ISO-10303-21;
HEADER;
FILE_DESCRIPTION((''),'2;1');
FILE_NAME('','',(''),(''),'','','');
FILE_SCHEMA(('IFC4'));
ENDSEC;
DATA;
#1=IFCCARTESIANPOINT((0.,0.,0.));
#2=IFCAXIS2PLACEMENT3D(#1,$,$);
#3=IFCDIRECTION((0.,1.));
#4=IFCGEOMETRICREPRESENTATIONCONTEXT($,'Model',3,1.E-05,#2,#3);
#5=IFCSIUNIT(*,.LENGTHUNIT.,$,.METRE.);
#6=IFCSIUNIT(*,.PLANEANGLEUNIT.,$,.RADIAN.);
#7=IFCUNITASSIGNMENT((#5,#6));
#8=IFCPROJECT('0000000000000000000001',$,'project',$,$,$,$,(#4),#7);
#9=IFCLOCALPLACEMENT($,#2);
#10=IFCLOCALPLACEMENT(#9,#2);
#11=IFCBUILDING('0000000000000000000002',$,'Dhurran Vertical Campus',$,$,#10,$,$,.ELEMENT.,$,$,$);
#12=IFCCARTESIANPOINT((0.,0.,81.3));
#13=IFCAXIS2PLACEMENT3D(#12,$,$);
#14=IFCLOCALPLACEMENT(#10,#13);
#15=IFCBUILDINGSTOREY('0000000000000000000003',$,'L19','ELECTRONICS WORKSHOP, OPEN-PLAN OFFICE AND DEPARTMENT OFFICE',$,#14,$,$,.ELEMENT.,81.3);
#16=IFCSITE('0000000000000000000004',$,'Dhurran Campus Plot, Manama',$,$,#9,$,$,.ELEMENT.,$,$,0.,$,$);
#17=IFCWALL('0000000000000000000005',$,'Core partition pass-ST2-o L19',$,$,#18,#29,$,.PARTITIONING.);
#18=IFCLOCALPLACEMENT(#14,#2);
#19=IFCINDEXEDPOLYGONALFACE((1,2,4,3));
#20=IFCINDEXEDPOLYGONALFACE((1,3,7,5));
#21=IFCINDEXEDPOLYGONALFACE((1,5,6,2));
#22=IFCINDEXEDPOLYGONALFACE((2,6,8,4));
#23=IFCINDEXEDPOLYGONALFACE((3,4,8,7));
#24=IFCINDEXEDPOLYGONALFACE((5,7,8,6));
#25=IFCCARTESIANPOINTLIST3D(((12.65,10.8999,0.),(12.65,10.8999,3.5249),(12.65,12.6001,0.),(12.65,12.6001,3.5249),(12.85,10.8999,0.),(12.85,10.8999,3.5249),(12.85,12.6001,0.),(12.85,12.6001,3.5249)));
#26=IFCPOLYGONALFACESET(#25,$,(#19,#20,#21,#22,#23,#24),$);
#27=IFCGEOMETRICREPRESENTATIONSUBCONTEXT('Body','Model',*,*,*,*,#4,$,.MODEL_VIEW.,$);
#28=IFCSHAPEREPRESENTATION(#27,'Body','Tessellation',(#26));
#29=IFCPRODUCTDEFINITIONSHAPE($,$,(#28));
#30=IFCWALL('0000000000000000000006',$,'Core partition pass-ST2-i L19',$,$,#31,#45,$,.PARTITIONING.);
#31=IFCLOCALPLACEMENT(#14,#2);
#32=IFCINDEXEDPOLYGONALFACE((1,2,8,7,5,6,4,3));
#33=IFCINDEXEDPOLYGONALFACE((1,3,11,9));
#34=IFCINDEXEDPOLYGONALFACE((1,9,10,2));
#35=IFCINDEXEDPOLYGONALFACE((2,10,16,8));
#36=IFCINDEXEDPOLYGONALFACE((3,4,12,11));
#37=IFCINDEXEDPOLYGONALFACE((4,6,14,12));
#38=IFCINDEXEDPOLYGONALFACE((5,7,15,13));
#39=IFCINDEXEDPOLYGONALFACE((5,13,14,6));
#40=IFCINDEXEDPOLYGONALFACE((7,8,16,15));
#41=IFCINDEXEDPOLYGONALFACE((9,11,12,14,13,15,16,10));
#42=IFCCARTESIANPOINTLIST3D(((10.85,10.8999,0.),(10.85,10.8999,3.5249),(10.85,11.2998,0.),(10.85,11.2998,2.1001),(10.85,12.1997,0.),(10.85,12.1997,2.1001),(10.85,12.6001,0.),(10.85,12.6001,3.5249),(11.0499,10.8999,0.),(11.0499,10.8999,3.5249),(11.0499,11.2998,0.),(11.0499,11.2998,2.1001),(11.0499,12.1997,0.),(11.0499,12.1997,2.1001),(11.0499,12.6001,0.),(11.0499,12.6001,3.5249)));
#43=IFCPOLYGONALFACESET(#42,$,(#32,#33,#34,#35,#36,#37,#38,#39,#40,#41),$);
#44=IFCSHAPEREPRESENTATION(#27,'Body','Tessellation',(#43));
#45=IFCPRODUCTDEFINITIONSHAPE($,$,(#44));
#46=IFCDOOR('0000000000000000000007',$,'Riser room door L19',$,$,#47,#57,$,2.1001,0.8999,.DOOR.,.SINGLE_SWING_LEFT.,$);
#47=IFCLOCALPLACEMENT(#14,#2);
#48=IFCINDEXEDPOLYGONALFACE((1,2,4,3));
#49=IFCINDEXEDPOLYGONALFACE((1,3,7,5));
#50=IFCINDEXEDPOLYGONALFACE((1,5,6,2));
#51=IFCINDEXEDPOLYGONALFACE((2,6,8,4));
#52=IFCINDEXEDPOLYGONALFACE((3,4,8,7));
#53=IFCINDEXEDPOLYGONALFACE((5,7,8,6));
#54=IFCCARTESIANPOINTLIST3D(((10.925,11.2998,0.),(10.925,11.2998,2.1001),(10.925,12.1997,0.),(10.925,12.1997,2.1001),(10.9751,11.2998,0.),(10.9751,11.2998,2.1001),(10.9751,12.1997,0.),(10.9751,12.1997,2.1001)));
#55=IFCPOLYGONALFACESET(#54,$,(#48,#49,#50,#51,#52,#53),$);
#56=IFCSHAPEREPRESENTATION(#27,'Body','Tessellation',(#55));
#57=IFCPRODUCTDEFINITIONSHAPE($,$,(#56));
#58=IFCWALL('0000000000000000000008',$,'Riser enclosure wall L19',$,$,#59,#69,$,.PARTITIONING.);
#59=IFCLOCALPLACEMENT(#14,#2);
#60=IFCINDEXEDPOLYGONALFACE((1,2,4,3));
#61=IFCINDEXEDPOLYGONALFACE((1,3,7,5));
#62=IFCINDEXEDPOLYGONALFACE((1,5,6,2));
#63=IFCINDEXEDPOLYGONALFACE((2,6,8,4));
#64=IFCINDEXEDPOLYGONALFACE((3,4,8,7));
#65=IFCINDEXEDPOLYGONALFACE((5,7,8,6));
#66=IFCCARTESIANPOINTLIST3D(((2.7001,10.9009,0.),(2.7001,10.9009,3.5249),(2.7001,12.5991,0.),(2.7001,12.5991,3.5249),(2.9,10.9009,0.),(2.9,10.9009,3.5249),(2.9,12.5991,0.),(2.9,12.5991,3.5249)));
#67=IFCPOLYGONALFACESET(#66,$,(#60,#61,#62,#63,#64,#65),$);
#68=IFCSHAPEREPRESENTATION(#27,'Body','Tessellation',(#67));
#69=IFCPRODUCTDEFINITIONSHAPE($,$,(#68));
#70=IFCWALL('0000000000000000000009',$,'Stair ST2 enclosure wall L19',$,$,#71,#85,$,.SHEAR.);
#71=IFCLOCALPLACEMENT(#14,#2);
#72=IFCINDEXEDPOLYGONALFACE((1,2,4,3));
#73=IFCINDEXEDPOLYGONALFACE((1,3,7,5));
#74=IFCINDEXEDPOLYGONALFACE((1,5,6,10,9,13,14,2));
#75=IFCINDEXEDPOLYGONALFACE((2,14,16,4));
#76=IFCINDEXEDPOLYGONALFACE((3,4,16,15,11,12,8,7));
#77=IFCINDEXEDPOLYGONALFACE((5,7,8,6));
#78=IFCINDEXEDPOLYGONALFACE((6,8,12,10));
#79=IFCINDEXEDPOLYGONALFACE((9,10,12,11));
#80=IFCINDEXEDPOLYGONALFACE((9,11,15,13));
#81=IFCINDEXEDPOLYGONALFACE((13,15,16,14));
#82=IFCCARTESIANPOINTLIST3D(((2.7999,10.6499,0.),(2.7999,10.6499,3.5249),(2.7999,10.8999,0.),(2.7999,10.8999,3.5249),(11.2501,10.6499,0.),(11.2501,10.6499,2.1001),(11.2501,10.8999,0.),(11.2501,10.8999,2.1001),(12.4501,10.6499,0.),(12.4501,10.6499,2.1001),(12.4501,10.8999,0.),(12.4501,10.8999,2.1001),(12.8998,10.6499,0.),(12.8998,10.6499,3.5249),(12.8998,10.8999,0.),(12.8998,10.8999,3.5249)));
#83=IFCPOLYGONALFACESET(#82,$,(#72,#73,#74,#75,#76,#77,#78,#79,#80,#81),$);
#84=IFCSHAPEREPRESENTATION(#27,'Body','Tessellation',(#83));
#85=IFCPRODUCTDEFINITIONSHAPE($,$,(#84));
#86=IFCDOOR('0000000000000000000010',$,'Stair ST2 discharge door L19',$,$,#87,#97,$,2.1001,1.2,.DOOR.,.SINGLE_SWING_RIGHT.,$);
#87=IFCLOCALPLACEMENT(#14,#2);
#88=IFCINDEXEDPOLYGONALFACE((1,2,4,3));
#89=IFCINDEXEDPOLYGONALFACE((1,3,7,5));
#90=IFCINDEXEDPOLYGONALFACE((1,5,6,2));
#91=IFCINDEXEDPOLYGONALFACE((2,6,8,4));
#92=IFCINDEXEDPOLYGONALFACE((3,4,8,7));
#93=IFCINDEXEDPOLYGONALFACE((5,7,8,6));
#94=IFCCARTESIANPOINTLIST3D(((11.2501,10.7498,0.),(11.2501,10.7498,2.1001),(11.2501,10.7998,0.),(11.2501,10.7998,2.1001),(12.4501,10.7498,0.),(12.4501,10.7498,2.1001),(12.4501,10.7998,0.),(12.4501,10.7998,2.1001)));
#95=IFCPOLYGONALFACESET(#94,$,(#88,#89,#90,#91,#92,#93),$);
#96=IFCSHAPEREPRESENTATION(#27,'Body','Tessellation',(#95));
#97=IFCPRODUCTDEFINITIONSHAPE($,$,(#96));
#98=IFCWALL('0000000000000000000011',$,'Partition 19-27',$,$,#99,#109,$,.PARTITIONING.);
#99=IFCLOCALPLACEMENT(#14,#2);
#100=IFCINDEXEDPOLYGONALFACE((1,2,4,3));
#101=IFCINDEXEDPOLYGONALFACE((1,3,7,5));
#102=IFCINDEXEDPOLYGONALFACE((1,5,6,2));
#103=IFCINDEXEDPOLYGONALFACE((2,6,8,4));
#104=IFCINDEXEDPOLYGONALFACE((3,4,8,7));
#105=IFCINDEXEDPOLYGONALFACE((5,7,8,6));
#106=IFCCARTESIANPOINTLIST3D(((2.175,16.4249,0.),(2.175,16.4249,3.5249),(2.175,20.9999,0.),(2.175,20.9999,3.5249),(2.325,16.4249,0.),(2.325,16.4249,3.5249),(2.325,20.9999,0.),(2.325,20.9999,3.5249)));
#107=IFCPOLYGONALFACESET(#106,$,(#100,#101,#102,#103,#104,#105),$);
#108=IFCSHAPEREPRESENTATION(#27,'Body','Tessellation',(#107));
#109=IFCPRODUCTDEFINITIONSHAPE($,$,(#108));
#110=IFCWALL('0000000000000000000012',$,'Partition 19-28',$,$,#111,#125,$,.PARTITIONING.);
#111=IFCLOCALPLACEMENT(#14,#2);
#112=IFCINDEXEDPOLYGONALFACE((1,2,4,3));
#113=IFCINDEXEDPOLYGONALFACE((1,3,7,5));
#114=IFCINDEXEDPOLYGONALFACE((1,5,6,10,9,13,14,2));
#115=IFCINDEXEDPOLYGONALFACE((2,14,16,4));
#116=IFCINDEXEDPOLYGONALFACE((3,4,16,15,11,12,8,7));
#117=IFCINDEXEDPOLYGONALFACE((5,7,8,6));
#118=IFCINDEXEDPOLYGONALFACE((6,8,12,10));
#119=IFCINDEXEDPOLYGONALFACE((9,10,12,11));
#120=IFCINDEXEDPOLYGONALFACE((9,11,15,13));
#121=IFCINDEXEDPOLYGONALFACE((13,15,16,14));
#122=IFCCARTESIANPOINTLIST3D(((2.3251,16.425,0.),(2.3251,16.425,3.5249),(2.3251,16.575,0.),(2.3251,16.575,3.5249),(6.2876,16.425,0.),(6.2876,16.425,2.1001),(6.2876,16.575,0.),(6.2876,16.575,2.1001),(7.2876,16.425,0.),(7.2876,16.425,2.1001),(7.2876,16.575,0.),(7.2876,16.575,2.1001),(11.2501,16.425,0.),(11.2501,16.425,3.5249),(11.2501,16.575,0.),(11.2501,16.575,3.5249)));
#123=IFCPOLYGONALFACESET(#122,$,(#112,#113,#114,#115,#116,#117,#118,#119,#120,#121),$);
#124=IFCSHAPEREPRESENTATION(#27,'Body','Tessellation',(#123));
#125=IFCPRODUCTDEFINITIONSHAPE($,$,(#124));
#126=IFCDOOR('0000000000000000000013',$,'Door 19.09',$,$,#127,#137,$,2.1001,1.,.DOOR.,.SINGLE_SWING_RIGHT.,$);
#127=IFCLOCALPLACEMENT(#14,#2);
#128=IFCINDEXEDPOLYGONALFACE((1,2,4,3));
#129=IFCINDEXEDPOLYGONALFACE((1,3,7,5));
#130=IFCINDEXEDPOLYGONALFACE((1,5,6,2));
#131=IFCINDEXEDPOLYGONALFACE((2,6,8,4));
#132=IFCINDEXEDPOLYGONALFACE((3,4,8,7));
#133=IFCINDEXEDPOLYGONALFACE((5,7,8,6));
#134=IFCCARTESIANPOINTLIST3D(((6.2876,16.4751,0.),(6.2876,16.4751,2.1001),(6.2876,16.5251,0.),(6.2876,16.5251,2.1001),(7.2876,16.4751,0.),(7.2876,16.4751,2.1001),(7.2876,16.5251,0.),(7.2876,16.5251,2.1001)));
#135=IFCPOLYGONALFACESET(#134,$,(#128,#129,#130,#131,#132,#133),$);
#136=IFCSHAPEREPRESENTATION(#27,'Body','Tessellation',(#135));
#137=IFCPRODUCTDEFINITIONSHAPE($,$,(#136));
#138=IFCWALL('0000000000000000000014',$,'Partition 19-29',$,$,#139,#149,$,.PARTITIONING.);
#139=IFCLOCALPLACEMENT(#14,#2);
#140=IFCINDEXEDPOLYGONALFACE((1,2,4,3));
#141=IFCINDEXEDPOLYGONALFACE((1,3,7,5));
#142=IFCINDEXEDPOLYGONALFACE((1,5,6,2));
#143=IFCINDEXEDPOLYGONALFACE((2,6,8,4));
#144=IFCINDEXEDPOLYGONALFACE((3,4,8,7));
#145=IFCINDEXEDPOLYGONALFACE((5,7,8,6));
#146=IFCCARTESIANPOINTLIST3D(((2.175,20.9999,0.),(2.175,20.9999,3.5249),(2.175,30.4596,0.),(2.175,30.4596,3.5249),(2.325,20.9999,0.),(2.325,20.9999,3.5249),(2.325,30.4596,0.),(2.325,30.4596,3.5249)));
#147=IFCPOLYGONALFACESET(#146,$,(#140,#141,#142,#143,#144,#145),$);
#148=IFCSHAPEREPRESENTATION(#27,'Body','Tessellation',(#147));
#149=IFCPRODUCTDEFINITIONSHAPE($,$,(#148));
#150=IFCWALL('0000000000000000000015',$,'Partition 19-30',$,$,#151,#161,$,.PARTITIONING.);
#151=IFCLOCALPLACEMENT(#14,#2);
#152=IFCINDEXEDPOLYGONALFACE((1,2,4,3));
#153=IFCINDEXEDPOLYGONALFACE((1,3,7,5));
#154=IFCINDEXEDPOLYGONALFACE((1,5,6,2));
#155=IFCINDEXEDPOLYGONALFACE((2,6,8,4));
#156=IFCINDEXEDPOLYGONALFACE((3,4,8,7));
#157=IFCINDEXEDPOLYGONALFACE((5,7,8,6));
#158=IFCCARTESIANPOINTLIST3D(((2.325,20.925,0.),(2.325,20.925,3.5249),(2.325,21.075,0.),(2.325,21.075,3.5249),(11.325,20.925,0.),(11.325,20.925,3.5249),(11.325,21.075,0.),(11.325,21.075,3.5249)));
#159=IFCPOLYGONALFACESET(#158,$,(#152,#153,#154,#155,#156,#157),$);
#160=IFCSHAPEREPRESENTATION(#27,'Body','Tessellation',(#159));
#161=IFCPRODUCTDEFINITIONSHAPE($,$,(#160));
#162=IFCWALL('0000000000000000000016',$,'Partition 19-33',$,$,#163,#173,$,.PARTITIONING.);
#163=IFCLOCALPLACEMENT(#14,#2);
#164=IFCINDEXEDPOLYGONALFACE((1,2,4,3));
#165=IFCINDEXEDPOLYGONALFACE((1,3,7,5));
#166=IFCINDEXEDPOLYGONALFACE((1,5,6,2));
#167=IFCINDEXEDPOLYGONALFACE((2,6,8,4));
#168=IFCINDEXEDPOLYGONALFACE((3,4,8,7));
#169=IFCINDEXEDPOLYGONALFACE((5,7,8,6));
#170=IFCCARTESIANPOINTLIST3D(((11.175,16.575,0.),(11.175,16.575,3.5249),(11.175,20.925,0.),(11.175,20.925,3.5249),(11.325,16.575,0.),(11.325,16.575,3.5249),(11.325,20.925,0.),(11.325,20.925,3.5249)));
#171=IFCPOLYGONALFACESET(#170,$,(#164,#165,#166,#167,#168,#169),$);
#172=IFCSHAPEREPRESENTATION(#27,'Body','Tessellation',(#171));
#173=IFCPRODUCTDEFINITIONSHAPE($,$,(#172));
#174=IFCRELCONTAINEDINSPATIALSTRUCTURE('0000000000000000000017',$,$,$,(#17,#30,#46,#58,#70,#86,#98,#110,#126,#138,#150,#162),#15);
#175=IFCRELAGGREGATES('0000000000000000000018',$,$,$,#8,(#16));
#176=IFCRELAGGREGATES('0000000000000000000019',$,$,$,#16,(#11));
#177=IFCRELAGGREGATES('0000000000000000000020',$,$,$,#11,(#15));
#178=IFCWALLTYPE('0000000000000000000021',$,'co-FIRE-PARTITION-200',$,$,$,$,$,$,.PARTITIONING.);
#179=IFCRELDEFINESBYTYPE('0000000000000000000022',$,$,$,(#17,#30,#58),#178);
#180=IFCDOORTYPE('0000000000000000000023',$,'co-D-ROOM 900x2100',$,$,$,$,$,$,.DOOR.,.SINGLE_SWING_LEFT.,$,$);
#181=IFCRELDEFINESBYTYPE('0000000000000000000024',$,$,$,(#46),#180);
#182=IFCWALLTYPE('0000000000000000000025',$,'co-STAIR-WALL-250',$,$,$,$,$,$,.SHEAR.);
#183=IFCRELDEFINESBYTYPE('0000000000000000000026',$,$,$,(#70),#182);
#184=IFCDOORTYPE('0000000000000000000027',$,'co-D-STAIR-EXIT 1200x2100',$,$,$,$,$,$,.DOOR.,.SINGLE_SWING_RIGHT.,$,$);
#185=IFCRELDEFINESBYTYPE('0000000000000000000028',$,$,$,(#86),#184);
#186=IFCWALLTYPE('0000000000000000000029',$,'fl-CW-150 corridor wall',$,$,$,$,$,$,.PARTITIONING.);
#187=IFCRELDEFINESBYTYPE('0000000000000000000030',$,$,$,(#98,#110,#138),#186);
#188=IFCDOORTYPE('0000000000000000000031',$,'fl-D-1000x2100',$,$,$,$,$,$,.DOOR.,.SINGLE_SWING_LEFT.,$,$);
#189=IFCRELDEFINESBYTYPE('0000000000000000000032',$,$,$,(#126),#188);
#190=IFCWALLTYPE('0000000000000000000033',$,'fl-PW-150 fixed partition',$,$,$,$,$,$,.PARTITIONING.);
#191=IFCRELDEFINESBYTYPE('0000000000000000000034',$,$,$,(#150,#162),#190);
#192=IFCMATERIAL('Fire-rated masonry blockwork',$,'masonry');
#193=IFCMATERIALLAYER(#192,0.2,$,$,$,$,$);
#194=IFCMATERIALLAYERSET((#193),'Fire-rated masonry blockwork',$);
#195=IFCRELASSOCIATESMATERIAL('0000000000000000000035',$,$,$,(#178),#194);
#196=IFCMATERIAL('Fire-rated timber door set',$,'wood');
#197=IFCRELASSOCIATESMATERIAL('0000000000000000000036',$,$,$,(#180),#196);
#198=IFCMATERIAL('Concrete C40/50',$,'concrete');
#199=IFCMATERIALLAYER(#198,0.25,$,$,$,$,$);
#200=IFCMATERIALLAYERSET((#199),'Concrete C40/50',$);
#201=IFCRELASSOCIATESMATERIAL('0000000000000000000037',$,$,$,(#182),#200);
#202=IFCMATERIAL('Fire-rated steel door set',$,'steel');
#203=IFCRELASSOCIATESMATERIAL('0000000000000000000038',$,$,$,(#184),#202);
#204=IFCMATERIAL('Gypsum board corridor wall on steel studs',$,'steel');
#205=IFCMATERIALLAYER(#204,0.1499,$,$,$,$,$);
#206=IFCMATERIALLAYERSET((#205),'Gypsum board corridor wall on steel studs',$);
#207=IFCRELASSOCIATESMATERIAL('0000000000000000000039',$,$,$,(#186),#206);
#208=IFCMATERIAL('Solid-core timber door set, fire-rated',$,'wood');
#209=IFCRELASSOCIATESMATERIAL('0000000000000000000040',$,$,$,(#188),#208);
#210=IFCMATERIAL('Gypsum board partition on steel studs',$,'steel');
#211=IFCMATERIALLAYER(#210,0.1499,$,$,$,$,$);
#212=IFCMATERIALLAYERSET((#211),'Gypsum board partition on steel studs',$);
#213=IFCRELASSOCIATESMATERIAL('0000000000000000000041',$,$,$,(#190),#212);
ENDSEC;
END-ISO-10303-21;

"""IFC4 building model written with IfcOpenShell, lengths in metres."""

from ifc_helpers import new_model, si_unit, direction, frame, frame_2d, origin, place, context, subcontext, project, spatial, rectangle, extrude, material, layer, layer_set, type_object, element, fill, save


model = new_model("IFC4")

# Units and contexts
model_context = context("Model", 3, precision=1e-05, world=origin(), true_north=direction((0.0, 1.0)))
body_context = subcontext(model_context, "Body", "Model", "MODEL_VIEW")
ifc_project = project(units=[si_unit("LENGTHUNIT", "METRE"), si_unit("PLANEANGLEUNIT", "RADIAN")], contexts=[model_context])

# Site, building, storey
site_placement = place(None, origin())
site = spatial("IfcSite", under=ifc_project, at=site_placement, Name="Dhurran Campus Plot, Manama", CompositionType="ELEMENT", RefElevation=0.0)
building_placement = place(site_placement, origin())
building = spatial("IfcBuilding", under=site, at=building_placement, Name="Dhurran Vertical Campus", CompositionType="ELEMENT")
storey_placement = place(building_placement, frame((0.0, 0.0, 81.3)))
storey = spatial("IfcBuildingStorey", under=building, at=storey_placement, Name="L19", Description="ELECTRONICS WORKSHOP, OPEN-PLAN OFFICE AND DEPARTMENT OFFICE", CompositionType="ELEMENT", Elevation=81.3)

# Wall
ifc_material_1 = material(Name="Fire-rated masonry blockwork", Category="masonry")
ifc_layer_1 = layer(ifc_material_1, 0.2)
ifc_layer_set_1 = layer_set([ifc_layer_1], Name="Fire-rated masonry blockwork")
wall_type_1 = type_object("IfcWallType", Name="co-FIRE-PARTITION-200", PredefinedType="PARTITIONING", material=ifc_layer_set_1)
wall_1_placement = place(storey_placement, frame((12.75, 10.8999, 0.0), z_axis=(0.0, 0.0, 1.0), x_axis=(0.0, 1.0, 0.0)))
element("IfcWall", 1, at=wall_1_placement, inside=storey, type_object=wall_type_1, Name="Core partition pass-ST2-o L19", PredefinedType="PARTITIONING", context=body_context, shape_type="SweptSolid", body=[
    extrude(rectangle(XDim=1.7002, YDim=0.2, at=frame_2d((0.8501, 0.0))), origin(), (0.0, 0.0, 1.0), 3.5249),
])

# Wall, opening, door
wall_2_placement = place(storey_placement, frame((10.95, 10.8999, 0.0), z_axis=(0.0, 0.0, 1.0), x_axis=(0.0, 1.0, 0.0)))
wall_2 = element("IfcWall", 2, at=wall_2_placement, inside=storey, type_object=wall_type_1, Name="Core partition pass-ST2-i L19", PredefinedType="PARTITIONING", context=body_context, shape_type="SweptSolid", body=[
    extrude(rectangle(XDim=1.7002, YDim=0.2, at=frame_2d((0.8501, 0.0))), origin(), (0.0, 0.0, 1.0), 3.5249),
])
opening_1_placement = place(wall_2_placement, frame((0.3999, 0.0, 0.0)))
opening_1 = element("IfcOpeningElement", 3, at=opening_1_placement, cuts=wall_2, PredefinedType="OPENING", context=body_context, shape_type="SweptSolid", body=[
    extrude(rectangle(XDim=0.8999, YDim=2.1001, at=frame_2d((0.45, 1.05))), frame((0.0, 0.1099, 0.0), z_axis=(0.0, -1.0, 0.0), x_axis=(1.0, 0.0, 0.0)), (0.0, 0.0, 1.0), 0.22),
])
ifc_material_2 = material(Name="Fire-rated timber door set", Category="wood")
door_type_1 = type_object("IfcDoorType", Name="co-D-ROOM 900x2100", OperationType="SINGLE_SWING_LEFT", PredefinedType="DOOR", material=ifc_material_2)
door_1_placement = place(opening_1_placement, origin())
door_1 = element("IfcDoor", 4, at=door_1_placement, inside=storey, type_object=door_type_1, Name="Riser room door L19", OperationType="SINGLE_SWING_LEFT", OverallHeight=2.1001, OverallWidth=0.8999, PredefinedType="DOOR", context=body_context, shape_type="SweptSolid", body=[
    extrude(rectangle(XDim=0.8999, YDim=2.1001, at=frame_2d((0.45, 1.05))), frame((0.0, 0.0249, 0.0), z_axis=(0.0, -1.0, 0.0), x_axis=(1.0, 0.0, 0.0)), (0.0, 0.0, 1.0), 0.05),
])
fill(opening_1, door_1)

# Wall
wall_3_placement = place(storey_placement, frame((2.8, 12.5991, 0.0), z_axis=(0.0, 0.0, 1.0), x_axis=(0.0, -1.0, 0.0)))
element("IfcWall", 5, at=wall_3_placement, inside=storey, type_object=wall_type_1, Name="Riser enclosure wall L19", PredefinedType="PARTITIONING", context=body_context, shape_type="SweptSolid", body=[
    extrude(rectangle(XDim=1.6982, YDim=0.2, at=frame_2d((0.8491, 0.0))), origin(), (0.0, 0.0, 1.0), 3.5249),
])

# Wall, opening, door
ifc_material_3 = material(Name="Concrete C40/50", Category="concrete")
ifc_layer_2 = layer(ifc_material_3, 0.25)
ifc_layer_set_2 = layer_set([ifc_layer_2], Name="Concrete C40/50")
wall_type_2 = type_object("IfcWallType", Name="co-STAIR-WALL-250", PredefinedType="SHEAR", material=ifc_layer_set_2)
wall_4_placement = place(storey_placement, frame((2.8, 10.7749, 0.0), z_axis=(0.0, 0.0, 1.0), x_axis=(1.0, 0.0, 0.0)))
wall_4 = element("IfcWall", 6, at=wall_4_placement, inside=storey, type_object=wall_type_2, Name="Stair ST2 enclosure wall L19", PredefinedType="SHEAR", context=body_context, shape_type="SweptSolid", body=[
    extrude(rectangle(XDim=10.0999, YDim=0.25, at=frame_2d((5.0498, 0.0))), origin(), (0.0, 0.0, 1.0), 3.5249),
])
opening_2_placement = place(wall_4_placement, frame((8.45, 0.0, 0.0)))
opening_2 = element("IfcOpeningElement", 7, at=opening_2_placement, cuts=wall_4, PredefinedType="OPENING", context=body_context, shape_type="SweptSolid", body=[
    extrude(rectangle(XDim=1.2, YDim=2.1001, at=frame_2d((0.6001, 1.05))), frame((0.0, 0.135, 0.0), z_axis=(0.0, -1.0, 0.0), x_axis=(1.0, 0.0, 0.0)), (0.0, 0.0, 1.0), 0.27),
])
ifc_material_4 = material(Name="Fire-rated steel door set", Category="steel")
door_type_2 = type_object("IfcDoorType", Name="co-D-STAIR-EXIT 1200x2100", OperationType="SINGLE_SWING_RIGHT", PredefinedType="DOOR", material=ifc_material_4)
door_2_placement = place(opening_2_placement, origin())
door_2 = element("IfcDoor", 8, at=door_2_placement, inside=storey, type_object=door_type_2, Name="Stair ST2 discharge door L19", OperationType="SINGLE_SWING_RIGHT", OverallHeight=2.1001, OverallWidth=1.2, PredefinedType="DOOR", context=body_context, shape_type="SweptSolid", body=[
    extrude(rectangle(XDim=1.2, YDim=2.1001, at=frame_2d((0.6001, 1.05))), frame((0.0, 0.0249, 0.0), z_axis=(0.0, -1.0, 0.0), x_axis=(1.0, 0.0, 0.0)), (0.0, 0.0, 1.0), 0.05),
])
fill(opening_2, door_2)

# Wall
ifc_material_5 = material(Name="Gypsum board corridor wall on steel studs", Category="steel")
ifc_layer_3 = layer(ifc_material_5, 0.1499)
ifc_layer_set_3 = layer_set([ifc_layer_3], Name="Gypsum board corridor wall on steel studs")
wall_type_3 = type_object("IfcWallType", Name="fl-CW-150 corridor wall", PredefinedType="PARTITIONING", material=ifc_layer_set_3)
wall_5_placement = place(storey_placement, frame((2.25, 21.0, 0.0), z_axis=(0.0, 0.0, 1.0), x_axis=(0.0, -1.0, 0.0)))
element("IfcWall", 9, at=wall_5_placement, inside=storey, type_object=wall_type_3, Name="Partition 19-27", PredefinedType="PARTITIONING", context=body_context, shape_type="SweptSolid", body=[
    extrude(rectangle(XDim=4.575, YDim=0.1499, at=frame_2d((2.2876, 0.0))), origin(), (0.0, 0.0, 1.0), 3.5249),
])

# Wall, opening, door
wall_6_placement = place(storey_placement, frame((11.25, 16.5, 0.0), z_axis=(0.0, 0.0, 1.0), x_axis=(-1.0, 0.0, 0.0)))
wall_6 = element("IfcWall", 10, at=wall_6_placement, inside=storey, type_object=wall_type_3, Name="Partition 19-28", PredefinedType="PARTITIONING", context=body_context, shape_type="SweptSolid", body=[
    extrude(rectangle(XDim=8.925, YDim=0.1499, at=frame_2d((4.4624, 0.0))), origin(), (0.0, 0.0, 1.0), 3.5249),
])
opening_3_placement = place(wall_6_placement, frame((3.9624, 0.0, 0.0)))
opening_3 = element("IfcOpeningElement", 11, at=opening_3_placement, cuts=wall_6, PredefinedType="OPENING", context=body_context, shape_type="SweptSolid", body=[
    extrude(rectangle(XDim=1.0, YDim=2.1001, at=frame_2d((0.5, 1.05))), frame((0.0, 0.085, 0.0), z_axis=(0.0, -1.0, 0.0), x_axis=(1.0, 0.0, 0.0)), (0.0, 0.0, 1.0), 0.1699),
])
ifc_material_6 = material(Name="Solid-core timber door set, fire-rated", Category="wood")
door_type_3 = type_object("IfcDoorType", Name="fl-D-1000x2100", OperationType="SINGLE_SWING_LEFT", PredefinedType="DOOR", material=ifc_material_6)
door_3_placement = place(opening_3_placement, origin())
door_3 = element("IfcDoor", 12, at=door_3_placement, inside=storey, type_object=door_type_3, Name="Door 19.09", OperationType="SINGLE_SWING_RIGHT", OverallHeight=2.1001, OverallWidth=1.0, PredefinedType="DOOR", context=body_context, shape_type="SweptSolid", body=[
    extrude(rectangle(XDim=1.0, YDim=2.1001, at=frame_2d((0.5, 1.05))), frame((0.0, 0.0249, 0.0), z_axis=(0.0, -1.0, 0.0), x_axis=(1.0, 0.0, 0.0)), (0.0, 0.0, 1.0), 0.05),
])
fill(opening_3, door_3)

# Walls
wall_7_placement = place(storey_placement, frame((2.25, 30.4597, 0.0), z_axis=(0.0, 0.0, 1.0), x_axis=(0.0, -1.0, 0.0)))
element("IfcWall", 13, at=wall_7_placement, inside=storey, type_object=wall_type_3, Name="Partition 19-29", PredefinedType="PARTITIONING", context=body_context, shape_type="SweptSolid", body=[
    extrude(rectangle(XDim=9.4597, YDim=0.1499, at=frame_2d((4.73, 0.0))), origin(), (0.0, 0.0, 1.0), 3.5249),
])
ifc_material_7 = material(Name="Gypsum board partition on steel studs", Category="steel")
ifc_layer_4 = layer(ifc_material_7, 0.1499)
ifc_layer_set_4 = layer_set([ifc_layer_4], Name="Gypsum board partition on steel studs")
wall_type_4 = type_object("IfcWallType", Name="fl-PW-150 fixed partition", PredefinedType="PARTITIONING", material=ifc_layer_set_4)
wall_8_placement = place(storey_placement, frame((2.325, 21.0, 0.0), z_axis=(0.0, 0.0, 1.0), x_axis=(1.0, 0.0, 0.0)))
element("IfcWall", 14, at=wall_8_placement, inside=storey, type_object=wall_type_4, Name="Partition 19-30", PredefinedType="PARTITIONING", context=body_context, shape_type="SweptSolid", body=[
    extrude(rectangle(XDim=9.0, YDim=0.1499, at=frame_2d((4.5, 0.0))), origin(), (0.0, 0.0, 1.0), 3.5249),
])
wall_9_placement = place(storey_placement, frame((11.25, 20.925, 0.0), z_axis=(0.0, 0.0, 1.0), x_axis=(0.0, -1.0, 0.0)))
element("IfcWall", 15, at=wall_9_placement, inside=storey, type_object=wall_type_4, Name="Partition 19-33", PredefinedType="PARTITIONING", context=body_context, shape_type="SweptSolid", body=[
    extrude(rectangle(XDim=4.3501, YDim=0.1499, at=frame_2d((2.175, 0.0))), origin(), (0.0, 0.0, 1.0), 3.5249),
])

save(model, "model.ifc")
